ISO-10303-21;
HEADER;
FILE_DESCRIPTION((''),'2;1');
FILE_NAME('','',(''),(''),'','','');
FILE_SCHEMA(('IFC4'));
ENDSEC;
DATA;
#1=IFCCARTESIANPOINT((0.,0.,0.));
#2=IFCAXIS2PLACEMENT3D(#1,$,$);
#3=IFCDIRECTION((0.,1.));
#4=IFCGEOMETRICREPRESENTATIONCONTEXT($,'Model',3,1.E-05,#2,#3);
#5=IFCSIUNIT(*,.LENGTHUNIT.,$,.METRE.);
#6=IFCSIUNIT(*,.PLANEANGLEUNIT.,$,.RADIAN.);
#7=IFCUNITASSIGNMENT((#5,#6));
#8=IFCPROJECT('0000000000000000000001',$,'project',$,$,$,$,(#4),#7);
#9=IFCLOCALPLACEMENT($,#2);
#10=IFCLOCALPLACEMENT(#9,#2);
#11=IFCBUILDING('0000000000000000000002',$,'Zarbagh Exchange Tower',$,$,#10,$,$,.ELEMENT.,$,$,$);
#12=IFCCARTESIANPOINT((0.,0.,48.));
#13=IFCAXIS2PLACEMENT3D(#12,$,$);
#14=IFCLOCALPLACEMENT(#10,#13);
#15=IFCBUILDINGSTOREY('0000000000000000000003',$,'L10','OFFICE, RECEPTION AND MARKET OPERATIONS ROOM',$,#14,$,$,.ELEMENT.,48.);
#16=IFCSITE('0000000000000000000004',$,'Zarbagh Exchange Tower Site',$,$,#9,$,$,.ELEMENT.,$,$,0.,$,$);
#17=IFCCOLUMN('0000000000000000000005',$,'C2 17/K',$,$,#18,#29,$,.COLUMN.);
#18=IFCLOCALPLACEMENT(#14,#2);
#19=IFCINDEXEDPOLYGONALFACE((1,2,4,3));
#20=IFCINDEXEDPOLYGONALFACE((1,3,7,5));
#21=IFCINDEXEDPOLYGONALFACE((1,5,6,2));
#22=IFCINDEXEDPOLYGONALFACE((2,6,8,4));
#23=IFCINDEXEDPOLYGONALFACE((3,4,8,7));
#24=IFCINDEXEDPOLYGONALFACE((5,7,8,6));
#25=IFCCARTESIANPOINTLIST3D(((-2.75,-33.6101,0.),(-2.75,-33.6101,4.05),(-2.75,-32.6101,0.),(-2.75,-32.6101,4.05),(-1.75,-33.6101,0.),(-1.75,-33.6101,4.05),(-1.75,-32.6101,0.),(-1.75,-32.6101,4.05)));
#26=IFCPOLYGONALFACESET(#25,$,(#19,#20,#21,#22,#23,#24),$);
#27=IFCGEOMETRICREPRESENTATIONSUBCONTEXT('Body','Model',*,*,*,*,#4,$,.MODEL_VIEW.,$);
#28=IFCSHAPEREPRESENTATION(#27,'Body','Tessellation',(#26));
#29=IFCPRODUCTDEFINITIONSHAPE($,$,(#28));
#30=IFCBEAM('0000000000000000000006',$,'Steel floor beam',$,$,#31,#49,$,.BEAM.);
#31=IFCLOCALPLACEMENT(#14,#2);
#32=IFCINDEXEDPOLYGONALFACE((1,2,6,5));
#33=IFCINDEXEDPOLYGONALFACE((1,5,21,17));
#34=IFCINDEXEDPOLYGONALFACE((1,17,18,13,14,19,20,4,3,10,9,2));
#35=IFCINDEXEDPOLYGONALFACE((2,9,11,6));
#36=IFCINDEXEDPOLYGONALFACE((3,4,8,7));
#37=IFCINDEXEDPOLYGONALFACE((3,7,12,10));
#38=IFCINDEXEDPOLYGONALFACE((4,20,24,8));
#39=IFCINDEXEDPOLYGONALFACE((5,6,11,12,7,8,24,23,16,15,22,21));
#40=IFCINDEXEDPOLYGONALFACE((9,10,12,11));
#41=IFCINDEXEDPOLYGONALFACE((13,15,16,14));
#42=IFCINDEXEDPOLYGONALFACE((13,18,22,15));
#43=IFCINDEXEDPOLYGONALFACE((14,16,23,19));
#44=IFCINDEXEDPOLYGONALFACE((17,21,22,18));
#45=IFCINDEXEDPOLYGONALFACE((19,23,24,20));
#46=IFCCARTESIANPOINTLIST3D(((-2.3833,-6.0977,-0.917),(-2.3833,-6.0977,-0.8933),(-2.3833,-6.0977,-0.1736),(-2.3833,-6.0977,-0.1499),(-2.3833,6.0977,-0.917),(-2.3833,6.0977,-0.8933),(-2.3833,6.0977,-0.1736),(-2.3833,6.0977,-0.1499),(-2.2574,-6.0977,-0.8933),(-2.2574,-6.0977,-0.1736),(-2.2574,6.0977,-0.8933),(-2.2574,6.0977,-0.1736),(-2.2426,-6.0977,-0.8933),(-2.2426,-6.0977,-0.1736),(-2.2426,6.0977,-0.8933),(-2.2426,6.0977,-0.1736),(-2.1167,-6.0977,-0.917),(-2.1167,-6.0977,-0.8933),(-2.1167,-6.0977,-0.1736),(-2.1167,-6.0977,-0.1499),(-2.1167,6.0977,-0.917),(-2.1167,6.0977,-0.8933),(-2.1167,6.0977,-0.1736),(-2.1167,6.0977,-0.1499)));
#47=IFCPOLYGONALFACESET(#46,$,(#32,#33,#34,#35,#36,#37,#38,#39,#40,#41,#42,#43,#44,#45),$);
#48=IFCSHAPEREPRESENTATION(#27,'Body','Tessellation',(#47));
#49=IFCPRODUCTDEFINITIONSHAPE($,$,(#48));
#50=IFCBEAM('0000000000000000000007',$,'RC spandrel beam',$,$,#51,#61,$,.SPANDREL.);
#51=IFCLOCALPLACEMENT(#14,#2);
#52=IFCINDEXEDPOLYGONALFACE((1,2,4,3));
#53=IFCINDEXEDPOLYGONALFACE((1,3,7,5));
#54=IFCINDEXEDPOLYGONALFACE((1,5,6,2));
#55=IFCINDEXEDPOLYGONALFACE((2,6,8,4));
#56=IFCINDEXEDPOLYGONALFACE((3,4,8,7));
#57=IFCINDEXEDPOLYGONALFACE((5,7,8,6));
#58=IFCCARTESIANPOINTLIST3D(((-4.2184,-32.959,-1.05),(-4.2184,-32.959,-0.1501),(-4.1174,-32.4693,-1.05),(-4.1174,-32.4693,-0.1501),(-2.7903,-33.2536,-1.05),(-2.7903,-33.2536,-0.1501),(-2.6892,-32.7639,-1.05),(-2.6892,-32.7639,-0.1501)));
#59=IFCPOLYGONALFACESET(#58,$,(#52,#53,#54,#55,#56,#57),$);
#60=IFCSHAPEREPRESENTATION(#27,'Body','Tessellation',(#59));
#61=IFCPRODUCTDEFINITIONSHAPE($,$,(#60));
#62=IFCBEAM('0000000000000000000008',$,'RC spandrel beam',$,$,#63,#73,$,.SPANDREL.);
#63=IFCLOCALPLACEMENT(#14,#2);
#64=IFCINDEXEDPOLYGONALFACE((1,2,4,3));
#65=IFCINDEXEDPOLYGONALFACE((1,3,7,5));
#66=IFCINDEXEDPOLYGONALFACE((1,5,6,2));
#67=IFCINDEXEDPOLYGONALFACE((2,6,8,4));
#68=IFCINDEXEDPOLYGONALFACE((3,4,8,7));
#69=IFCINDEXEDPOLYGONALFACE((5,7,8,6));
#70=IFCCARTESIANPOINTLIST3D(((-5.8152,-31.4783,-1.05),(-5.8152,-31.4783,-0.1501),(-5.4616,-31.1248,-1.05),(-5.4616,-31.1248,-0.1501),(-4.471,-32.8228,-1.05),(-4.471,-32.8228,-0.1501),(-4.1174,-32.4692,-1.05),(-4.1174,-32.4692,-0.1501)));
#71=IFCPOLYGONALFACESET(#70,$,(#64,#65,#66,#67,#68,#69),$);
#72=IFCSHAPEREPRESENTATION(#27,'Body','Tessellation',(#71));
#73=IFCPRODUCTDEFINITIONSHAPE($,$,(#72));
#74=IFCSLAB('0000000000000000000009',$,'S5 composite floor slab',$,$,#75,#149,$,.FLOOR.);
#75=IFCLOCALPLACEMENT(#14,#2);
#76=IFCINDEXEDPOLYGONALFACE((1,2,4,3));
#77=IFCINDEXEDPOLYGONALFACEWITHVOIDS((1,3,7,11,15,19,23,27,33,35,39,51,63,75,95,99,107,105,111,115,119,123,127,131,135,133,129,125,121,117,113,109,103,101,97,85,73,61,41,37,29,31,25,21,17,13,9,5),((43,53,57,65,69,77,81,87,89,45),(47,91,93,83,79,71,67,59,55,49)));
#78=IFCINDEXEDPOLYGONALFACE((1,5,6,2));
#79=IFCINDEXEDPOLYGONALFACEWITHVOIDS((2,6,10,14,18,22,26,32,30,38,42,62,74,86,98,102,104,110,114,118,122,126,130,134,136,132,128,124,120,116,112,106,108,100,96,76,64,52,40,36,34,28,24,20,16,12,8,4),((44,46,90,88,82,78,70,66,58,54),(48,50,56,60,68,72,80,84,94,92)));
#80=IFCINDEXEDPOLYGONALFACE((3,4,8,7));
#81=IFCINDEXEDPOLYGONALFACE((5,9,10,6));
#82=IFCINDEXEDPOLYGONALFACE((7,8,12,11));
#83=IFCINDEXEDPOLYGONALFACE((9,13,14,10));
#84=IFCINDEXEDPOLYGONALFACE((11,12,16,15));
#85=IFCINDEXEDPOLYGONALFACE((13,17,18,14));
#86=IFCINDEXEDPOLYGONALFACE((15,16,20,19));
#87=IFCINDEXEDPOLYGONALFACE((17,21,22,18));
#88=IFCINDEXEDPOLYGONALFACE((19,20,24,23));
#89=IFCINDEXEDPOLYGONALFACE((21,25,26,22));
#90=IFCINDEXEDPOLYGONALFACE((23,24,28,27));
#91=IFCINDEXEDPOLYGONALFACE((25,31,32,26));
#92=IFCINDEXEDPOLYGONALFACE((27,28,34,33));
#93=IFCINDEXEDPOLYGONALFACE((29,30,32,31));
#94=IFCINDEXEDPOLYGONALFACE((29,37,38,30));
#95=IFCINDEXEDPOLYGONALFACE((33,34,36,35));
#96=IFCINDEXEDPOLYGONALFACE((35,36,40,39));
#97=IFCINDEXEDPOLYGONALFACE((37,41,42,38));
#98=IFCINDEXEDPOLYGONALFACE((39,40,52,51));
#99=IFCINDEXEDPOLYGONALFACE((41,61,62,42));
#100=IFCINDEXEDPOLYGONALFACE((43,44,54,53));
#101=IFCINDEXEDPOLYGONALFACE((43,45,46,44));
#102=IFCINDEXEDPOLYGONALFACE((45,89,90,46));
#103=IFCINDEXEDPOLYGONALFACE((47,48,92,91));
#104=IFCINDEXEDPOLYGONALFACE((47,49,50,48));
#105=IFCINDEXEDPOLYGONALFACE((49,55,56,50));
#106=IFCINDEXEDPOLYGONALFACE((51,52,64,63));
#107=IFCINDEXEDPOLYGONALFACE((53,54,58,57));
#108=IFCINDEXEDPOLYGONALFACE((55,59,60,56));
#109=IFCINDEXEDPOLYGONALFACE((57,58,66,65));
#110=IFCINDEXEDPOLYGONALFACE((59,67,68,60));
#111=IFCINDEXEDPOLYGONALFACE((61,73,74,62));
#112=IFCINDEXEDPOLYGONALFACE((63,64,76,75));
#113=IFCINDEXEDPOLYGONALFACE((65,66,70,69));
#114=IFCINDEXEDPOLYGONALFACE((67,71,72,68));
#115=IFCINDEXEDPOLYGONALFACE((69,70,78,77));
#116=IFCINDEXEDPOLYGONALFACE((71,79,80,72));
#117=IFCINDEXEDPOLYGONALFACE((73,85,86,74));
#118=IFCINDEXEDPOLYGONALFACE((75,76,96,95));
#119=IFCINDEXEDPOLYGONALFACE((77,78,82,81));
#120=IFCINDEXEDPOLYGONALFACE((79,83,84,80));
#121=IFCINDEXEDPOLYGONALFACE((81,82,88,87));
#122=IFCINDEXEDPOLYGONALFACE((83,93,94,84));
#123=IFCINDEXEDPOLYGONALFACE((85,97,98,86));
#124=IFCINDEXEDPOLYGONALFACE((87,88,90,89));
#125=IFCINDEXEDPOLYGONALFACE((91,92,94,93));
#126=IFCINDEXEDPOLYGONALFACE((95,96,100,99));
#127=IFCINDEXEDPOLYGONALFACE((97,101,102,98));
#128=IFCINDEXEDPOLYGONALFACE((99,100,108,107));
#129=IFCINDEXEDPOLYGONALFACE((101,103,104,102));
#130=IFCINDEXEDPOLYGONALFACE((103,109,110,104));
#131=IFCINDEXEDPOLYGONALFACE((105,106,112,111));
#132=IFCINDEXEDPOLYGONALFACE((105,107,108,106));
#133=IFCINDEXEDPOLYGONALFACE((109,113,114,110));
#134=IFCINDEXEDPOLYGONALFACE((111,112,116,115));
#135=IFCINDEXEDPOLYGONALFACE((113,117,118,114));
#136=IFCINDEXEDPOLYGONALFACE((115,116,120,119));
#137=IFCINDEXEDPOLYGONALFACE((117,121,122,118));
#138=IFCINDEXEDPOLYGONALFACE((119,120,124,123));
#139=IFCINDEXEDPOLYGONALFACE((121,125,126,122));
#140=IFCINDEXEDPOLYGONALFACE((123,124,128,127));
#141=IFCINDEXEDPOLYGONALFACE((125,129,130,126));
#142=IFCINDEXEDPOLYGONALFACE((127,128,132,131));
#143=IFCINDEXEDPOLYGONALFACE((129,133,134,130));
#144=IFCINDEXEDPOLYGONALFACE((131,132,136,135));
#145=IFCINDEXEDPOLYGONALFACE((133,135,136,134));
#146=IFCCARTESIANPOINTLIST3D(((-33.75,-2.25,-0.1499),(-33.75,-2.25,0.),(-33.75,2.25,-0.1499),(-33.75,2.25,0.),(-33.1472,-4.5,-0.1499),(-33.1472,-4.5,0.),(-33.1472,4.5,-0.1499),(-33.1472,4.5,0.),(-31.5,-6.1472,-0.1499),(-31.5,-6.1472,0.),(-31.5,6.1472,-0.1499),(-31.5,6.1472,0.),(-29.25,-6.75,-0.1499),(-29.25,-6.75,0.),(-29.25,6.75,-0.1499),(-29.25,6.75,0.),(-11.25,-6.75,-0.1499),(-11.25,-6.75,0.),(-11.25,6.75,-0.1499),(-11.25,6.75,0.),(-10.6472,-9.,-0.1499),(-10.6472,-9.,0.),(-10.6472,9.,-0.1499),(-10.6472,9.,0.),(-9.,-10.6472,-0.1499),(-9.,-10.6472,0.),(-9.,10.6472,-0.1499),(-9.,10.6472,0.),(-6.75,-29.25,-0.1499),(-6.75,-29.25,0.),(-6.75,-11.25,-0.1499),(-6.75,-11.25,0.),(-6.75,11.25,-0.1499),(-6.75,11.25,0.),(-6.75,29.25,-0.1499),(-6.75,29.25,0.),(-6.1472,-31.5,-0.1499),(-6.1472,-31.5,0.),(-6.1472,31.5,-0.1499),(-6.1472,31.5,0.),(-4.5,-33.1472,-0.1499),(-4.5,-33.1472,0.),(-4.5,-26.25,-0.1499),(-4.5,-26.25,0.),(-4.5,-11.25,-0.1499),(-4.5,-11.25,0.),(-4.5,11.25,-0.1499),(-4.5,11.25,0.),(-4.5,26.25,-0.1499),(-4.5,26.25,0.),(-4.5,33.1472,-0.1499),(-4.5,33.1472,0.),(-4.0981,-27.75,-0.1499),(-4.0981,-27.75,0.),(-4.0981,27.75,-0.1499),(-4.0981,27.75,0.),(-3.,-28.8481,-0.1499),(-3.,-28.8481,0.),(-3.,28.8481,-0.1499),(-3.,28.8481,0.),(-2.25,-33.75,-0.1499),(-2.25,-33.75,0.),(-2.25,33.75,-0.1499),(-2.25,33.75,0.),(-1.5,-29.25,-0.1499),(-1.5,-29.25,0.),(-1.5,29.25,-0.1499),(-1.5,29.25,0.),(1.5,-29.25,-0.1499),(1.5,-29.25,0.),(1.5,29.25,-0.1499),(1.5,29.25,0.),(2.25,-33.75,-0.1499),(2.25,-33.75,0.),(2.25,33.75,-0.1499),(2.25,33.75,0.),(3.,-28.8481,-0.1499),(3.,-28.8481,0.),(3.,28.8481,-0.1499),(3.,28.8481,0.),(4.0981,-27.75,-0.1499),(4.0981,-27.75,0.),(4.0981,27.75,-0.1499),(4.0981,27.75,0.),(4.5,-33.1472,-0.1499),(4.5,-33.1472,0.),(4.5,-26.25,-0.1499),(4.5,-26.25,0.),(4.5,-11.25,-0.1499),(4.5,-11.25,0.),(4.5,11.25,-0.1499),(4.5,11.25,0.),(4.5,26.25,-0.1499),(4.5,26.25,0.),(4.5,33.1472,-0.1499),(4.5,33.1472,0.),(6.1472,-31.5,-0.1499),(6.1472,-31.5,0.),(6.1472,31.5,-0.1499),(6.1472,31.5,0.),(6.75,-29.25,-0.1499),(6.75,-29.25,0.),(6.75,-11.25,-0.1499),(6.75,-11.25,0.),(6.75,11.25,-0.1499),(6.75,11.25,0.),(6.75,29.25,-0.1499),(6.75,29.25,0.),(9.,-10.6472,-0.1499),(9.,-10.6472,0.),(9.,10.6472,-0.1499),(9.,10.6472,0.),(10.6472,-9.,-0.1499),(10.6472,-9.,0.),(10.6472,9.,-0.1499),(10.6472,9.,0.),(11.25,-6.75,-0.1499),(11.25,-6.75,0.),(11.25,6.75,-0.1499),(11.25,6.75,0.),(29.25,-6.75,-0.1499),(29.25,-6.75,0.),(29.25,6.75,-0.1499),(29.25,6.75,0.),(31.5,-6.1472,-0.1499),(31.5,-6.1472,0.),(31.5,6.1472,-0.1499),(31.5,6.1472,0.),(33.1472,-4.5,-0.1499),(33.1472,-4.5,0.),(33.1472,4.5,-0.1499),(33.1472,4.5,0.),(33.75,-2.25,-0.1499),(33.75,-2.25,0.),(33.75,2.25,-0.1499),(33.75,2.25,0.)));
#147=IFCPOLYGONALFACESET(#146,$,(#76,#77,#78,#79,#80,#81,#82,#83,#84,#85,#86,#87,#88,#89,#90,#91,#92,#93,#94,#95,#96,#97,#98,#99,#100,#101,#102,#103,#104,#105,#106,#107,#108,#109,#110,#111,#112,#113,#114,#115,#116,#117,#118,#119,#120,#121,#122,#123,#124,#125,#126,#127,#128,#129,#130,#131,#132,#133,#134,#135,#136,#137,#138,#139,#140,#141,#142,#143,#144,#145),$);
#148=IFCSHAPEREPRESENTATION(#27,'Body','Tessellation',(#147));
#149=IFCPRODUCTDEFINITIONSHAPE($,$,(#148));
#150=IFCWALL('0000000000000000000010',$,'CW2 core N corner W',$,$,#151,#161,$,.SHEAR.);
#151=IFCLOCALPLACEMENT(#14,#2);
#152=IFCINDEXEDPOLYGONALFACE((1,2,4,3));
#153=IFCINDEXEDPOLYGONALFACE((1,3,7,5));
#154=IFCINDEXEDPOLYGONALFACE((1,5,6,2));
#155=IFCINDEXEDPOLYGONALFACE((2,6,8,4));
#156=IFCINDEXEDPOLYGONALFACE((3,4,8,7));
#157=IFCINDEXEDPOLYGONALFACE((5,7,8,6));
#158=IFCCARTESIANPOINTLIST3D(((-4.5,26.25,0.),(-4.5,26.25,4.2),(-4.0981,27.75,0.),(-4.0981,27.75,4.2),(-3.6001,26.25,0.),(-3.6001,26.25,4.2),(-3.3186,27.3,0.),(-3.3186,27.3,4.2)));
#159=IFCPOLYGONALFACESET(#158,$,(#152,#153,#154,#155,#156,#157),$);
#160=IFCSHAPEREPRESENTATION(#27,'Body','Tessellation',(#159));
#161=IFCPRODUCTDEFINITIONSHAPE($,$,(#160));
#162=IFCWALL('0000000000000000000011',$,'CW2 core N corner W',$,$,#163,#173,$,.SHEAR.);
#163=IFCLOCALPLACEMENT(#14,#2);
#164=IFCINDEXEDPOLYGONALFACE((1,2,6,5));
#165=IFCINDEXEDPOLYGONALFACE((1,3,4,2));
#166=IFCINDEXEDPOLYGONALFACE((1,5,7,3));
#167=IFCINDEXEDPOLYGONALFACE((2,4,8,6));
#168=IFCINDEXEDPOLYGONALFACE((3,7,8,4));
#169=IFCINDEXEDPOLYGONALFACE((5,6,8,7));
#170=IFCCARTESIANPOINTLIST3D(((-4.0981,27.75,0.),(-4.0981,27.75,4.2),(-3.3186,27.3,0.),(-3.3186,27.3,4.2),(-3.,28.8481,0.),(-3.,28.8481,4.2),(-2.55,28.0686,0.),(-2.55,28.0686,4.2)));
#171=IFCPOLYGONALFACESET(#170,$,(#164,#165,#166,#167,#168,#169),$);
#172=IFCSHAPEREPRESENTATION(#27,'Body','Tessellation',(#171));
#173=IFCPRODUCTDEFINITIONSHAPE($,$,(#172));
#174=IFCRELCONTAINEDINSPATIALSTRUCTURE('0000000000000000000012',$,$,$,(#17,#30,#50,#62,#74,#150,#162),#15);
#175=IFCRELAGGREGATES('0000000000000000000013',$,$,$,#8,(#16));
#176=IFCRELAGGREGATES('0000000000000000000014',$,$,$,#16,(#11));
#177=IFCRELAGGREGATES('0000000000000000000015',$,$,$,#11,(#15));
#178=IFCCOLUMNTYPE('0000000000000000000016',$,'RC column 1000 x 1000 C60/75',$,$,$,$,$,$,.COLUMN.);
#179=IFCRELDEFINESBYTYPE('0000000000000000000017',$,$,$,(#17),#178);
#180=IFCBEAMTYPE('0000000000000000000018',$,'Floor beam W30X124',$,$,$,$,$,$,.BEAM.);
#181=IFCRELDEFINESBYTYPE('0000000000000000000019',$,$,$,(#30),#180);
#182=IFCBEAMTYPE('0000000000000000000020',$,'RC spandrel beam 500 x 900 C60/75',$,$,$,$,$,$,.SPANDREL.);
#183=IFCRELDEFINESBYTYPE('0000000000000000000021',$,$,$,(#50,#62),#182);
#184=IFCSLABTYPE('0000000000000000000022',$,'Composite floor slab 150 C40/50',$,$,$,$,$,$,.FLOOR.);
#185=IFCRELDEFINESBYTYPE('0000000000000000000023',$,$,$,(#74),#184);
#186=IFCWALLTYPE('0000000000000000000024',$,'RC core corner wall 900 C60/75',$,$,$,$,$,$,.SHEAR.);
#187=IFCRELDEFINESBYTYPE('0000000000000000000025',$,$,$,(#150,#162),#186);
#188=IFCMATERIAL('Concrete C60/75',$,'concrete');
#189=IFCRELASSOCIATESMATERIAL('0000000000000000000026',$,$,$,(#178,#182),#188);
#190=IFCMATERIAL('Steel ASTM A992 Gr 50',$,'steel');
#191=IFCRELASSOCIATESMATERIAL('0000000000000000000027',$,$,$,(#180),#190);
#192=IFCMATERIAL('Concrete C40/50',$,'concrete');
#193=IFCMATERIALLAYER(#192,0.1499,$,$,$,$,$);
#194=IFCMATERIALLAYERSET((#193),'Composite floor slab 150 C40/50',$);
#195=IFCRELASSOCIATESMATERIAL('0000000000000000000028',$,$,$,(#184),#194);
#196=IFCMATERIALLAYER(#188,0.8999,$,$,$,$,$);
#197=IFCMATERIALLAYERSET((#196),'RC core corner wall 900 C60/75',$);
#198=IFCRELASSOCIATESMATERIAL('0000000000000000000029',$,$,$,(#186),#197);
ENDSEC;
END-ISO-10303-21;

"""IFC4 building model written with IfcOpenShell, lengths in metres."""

from ifc_helpers import new_model, si_unit, direction, frame, origin, origin_2d, place, context, subcontext, project, spatial, polyline, rectangle, i_section, outline, extrude, material, layer, layer_set, material_profile, profile_set, type_object, element, save


model = new_model("IFC4")

# Units and contexts
model_context = context("Model", 3, precision=1e-05, world=origin(), true_north=direction((0.0, 1.0)))
body_context = subcontext(model_context, "Body", "Model", "MODEL_VIEW")
ifc_project = project(units=[si_unit("LENGTHUNIT", "METRE"), si_unit("PLANEANGLEUNIT", "RADIAN")], contexts=[model_context])

# Site, building, storey
site_placement = place(None, origin())
site = spatial("IfcSite", under=ifc_project, at=site_placement, Name="Zarbagh Exchange Tower Site", CompositionType="ELEMENT", RefElevation=0.0)
building_placement = place(site_placement, origin())
building = spatial("IfcBuilding", under=site, at=building_placement, Name="Zarbagh Exchange Tower", CompositionType="ELEMENT")
storey_placement = place(building_placement, frame((0.0, 0.0, 48.0)))
storey = spatial("IfcBuildingStorey", under=building, at=storey_placement, Name="L10", Description="OFFICE, RECEPTION AND MARKET OPERATIONS ROOM", CompositionType="ELEMENT", Elevation=48.0)

# Column
ifc_material_1 = material(Name="Concrete C60/75", Category="concrete")
ifc_material_profile_1 = material_profile(ifc_material_1, rectangle(XDim=1.0, YDim=1.0, at=origin_2d()), Name="RC column 1000 x 1000 C60/75")
ifc_profile_set_1 = profile_set([ifc_material_profile_1], Name="Concrete C60/75")
column_type = type_object("IfcColumnType", Name="RC column 1000 x 1000 C60/75", PredefinedType="COLUMN", material=ifc_profile_set_1)
column_placement = place(storey_placement, frame((-2.25, -33.1101, 0.0), z_axis=(0.0, 0.0, 1.0), x_axis=(1.0, 0.0, 0.0)))
element("IfcColumn", 1, at=column_placement, inside=storey, type_object=column_type, Name="C2 17/K", PredefinedType="COLUMN", context=body_context, shape_type="SweptSolid", body=[
    extrude(rectangle(XDim=1.0, YDim=1.0, at=origin_2d()), origin(), (0.0, 0.0, 1.0), 4.05),
])

# Beams
ifc_material_2 = material(Name="Steel ASTM A992 Gr 50", Category="steel")
ifc_material_profile_2 = material_profile(ifc_material_2, i_section(OverallWidth=0.2666, OverallDepth=0.7671, WebThickness=0.0149, FlangeThickness=0.0237, at=origin_2d()), Name="W30X124")
ifc_profile_set_2 = profile_set([ifc_material_profile_2], Name="Steel ASTM A992 Gr 50")
beam_type_1 = type_object("IfcBeamType", Name="Floor beam W30X124", PredefinedType="BEAM", material=ifc_profile_set_2)
beam_1_placement = place(storey_placement, frame((-2.25, -6.0977, -0.5334), z_axis=(0.0, 1.0, 0.0), x_axis=(-1.0, 0.0, 0.0)))
element("IfcBeam", 2, at=beam_1_placement, inside=storey, type_object=beam_type_1, Name="Steel floor beam", PredefinedType="BEAM", context=body_context, shape_type="SweptSolid", body=[
    extrude(i_section(OverallWidth=0.2666, OverallDepth=0.7671, WebThickness=0.0149, FlangeThickness=0.0237, at=origin_2d()), origin(), (0.0, 0.0, 1.0), 12.1953),
])
ifc_material_profile_3 = material_profile(ifc_material_1, rectangle(XDim=0.5, YDim=0.8999, at=origin_2d()), Name="RC spandrel beam 500 x 900 C60/75")
ifc_profile_set_3 = profile_set([ifc_material_profile_3], Name="Concrete C60/75")
beam_type_2 = type_object("IfcBeamType", Name="RC spandrel beam 500 x 900 C60/75", PredefinedType="SPANDREL", material=ifc_profile_set_3)
beam_2_placement = place(storey_placement, frame((-2.7397, -33.0088, -0.6001), z_axis=(-0.979371, 0.202069, 0.0), x_axis=(-0.202069, -0.979371, 0.0)))
element("IfcBeam", 3, at=beam_2_placement, inside=storey, type_object=beam_type_2, Name="RC spandrel beam", PredefinedType="SPANDREL", context=body_context, shape_type="SweptSolid", body=[
    extrude(rectangle(XDim=0.5, YDim=0.8999, at=origin_2d()), origin(), (0.0, 0.0, 1.0), 1.4583),
])
beam_3_placement = place(storey_placement, frame((-4.2942, -32.646, -0.6001), z_axis=(-0.707043, 0.707171, 0.0), x_axis=(-0.707171, -0.707043, 0.0)))
element("IfcBeam", 4, at=beam_3_placement, inside=storey, type_object=beam_type_2, Name="RC spandrel beam", PredefinedType="SPANDREL", context=body_context, shape_type="SweptSolid", body=[
    extrude(rectangle(XDim=0.5, YDim=0.8999, at=origin_2d()), origin(), (0.0, 0.0, 1.0), 1.9011),
])

# Slab
ifc_material_3 = material(Name="Concrete C40/50", Category="concrete")
ifc_layer_1 = layer(ifc_material_3, 0.1499)
ifc_layer_set_1 = layer_set([ifc_layer_1], Name="Composite floor slab 150 C40/50")
slab_type = type_object("IfcSlabType", Name="Composite floor slab 150 C40/50", PredefinedType="FLOOR", material=ifc_layer_set_1)
slab_placement = place(storey_placement, frame((0.0, 0.0, -0.1499)))
element("IfcSlab", 5, at=slab_placement, inside=storey, type_object=slab_type, Name="S5 composite floor slab", PredefinedType="FLOOR", context=body_context, shape_type="SweptSolid", body=[
    extrude(outline(polyline([(-2.25, -33.75), (-4.5, -33.1472), (-6.1472, -31.5), (-6.75, -29.25), (-6.75, -11.25), (-9.0, -10.6472), (-10.6472, -9.0), (-11.25, -6.75), (-29.25, -6.75), (-31.5, -6.1472), (-33.1472, -4.5), (-33.75, -2.25), (-33.75, 2.25), (-33.1472, 4.5), (-31.5, 6.1472), (-29.25, 6.75), (-11.25, 6.75), (-10.6472, 9.0), (-9.0, 10.6472), (-6.75, 11.25), (-6.75, 29.25), (-6.1472, 31.5), (-4.5, 33.1472), (-2.25, 33.75), (2.25, 33.75), (4.5, 33.1472), (6.1472, 31.5), (6.75, 29.25), (6.75, 11.25), (9.0, 10.6472), (10.6472, 9.0), (11.25, 6.75), (29.25, 6.75), (31.5, 6.1472), (33.1472, 4.5), (33.75, 2.25), (33.75, -2.25), (33.1472, -4.5), (31.5, -6.1472), (29.25, -6.75), (11.25, -6.75), (10.6472, -9.0), (9.0, -10.6472), (6.75, -11.25), (6.75, -29.25), (6.1472, -31.5), (4.5, -33.1472), (2.25, -33.75), (-2.25, -33.75)]), holes=[polyline([(4.5, 11.25), (4.5, 26.25), (4.0981, 27.75), (3.0, 28.8481), (1.5, 29.25), (-1.5, 29.25), (-3.0, 28.8481), (-4.0981, 27.75), (-4.5, 26.25), (-4.5, 11.25), (4.5, 11.25)]), polyline([(-1.5, -29.25), (1.5, -29.25), (3.0, -28.8481), (4.0981, -27.75), (4.5, -26.25), (4.5, -11.25), (-4.5, -11.25), (-4.5, -26.25), (-4.0981, -27.75), (-3.0, -28.8481), (-1.5, -29.25)])]), origin(), (0.0, 0.0, 1.0), 0.1499),
])

# Walls
ifc_layer_2 = layer(ifc_material_1, 0.8999)
ifc_layer_set_2 = layer_set([ifc_layer_2], Name="RC core corner wall 900 C60/75")
wall_type_1 = type_object("IfcWallType", Name="RC core corner wall 900 C60/75", PredefinedType="SHEAR", material=ifc_layer_set_2)
wall_1_placement = place(storey_placement, origin())
element("IfcWall", 6, at=wall_1_placement, inside=storey, type_object=wall_type_1, Name="CW2 core N corner W", PredefinedType="SHEAR", context=body_context, shape_type="SweptSolid", body=[
    extrude(outline(polyline([(-4.5, 26.25), (-4.0981, 27.75), (-3.3186, 27.3), (-3.6001, 26.25), (-4.5, 26.25)])), origin(), (0.0, 0.0, 1.0), 4.2),
])
wall_2_placement = place(storey_placement, origin())
element("IfcWall", 7, at=wall_2_placement, inside=storey, type_object=wall_type_1, Name="CW2 core N corner W", PredefinedType="SHEAR", context=body_context, shape_type="SweptSolid", body=[
    extrude(outline(polyline([(-4.0981, 27.75), (-3.0, 28.8481), (-2.55, 28.0686), (-3.3186, 27.3), (-4.0981, 27.75)])), origin(), (0.0, 0.0, 1.0), 4.2),
])

save(model, "model.ifc")
